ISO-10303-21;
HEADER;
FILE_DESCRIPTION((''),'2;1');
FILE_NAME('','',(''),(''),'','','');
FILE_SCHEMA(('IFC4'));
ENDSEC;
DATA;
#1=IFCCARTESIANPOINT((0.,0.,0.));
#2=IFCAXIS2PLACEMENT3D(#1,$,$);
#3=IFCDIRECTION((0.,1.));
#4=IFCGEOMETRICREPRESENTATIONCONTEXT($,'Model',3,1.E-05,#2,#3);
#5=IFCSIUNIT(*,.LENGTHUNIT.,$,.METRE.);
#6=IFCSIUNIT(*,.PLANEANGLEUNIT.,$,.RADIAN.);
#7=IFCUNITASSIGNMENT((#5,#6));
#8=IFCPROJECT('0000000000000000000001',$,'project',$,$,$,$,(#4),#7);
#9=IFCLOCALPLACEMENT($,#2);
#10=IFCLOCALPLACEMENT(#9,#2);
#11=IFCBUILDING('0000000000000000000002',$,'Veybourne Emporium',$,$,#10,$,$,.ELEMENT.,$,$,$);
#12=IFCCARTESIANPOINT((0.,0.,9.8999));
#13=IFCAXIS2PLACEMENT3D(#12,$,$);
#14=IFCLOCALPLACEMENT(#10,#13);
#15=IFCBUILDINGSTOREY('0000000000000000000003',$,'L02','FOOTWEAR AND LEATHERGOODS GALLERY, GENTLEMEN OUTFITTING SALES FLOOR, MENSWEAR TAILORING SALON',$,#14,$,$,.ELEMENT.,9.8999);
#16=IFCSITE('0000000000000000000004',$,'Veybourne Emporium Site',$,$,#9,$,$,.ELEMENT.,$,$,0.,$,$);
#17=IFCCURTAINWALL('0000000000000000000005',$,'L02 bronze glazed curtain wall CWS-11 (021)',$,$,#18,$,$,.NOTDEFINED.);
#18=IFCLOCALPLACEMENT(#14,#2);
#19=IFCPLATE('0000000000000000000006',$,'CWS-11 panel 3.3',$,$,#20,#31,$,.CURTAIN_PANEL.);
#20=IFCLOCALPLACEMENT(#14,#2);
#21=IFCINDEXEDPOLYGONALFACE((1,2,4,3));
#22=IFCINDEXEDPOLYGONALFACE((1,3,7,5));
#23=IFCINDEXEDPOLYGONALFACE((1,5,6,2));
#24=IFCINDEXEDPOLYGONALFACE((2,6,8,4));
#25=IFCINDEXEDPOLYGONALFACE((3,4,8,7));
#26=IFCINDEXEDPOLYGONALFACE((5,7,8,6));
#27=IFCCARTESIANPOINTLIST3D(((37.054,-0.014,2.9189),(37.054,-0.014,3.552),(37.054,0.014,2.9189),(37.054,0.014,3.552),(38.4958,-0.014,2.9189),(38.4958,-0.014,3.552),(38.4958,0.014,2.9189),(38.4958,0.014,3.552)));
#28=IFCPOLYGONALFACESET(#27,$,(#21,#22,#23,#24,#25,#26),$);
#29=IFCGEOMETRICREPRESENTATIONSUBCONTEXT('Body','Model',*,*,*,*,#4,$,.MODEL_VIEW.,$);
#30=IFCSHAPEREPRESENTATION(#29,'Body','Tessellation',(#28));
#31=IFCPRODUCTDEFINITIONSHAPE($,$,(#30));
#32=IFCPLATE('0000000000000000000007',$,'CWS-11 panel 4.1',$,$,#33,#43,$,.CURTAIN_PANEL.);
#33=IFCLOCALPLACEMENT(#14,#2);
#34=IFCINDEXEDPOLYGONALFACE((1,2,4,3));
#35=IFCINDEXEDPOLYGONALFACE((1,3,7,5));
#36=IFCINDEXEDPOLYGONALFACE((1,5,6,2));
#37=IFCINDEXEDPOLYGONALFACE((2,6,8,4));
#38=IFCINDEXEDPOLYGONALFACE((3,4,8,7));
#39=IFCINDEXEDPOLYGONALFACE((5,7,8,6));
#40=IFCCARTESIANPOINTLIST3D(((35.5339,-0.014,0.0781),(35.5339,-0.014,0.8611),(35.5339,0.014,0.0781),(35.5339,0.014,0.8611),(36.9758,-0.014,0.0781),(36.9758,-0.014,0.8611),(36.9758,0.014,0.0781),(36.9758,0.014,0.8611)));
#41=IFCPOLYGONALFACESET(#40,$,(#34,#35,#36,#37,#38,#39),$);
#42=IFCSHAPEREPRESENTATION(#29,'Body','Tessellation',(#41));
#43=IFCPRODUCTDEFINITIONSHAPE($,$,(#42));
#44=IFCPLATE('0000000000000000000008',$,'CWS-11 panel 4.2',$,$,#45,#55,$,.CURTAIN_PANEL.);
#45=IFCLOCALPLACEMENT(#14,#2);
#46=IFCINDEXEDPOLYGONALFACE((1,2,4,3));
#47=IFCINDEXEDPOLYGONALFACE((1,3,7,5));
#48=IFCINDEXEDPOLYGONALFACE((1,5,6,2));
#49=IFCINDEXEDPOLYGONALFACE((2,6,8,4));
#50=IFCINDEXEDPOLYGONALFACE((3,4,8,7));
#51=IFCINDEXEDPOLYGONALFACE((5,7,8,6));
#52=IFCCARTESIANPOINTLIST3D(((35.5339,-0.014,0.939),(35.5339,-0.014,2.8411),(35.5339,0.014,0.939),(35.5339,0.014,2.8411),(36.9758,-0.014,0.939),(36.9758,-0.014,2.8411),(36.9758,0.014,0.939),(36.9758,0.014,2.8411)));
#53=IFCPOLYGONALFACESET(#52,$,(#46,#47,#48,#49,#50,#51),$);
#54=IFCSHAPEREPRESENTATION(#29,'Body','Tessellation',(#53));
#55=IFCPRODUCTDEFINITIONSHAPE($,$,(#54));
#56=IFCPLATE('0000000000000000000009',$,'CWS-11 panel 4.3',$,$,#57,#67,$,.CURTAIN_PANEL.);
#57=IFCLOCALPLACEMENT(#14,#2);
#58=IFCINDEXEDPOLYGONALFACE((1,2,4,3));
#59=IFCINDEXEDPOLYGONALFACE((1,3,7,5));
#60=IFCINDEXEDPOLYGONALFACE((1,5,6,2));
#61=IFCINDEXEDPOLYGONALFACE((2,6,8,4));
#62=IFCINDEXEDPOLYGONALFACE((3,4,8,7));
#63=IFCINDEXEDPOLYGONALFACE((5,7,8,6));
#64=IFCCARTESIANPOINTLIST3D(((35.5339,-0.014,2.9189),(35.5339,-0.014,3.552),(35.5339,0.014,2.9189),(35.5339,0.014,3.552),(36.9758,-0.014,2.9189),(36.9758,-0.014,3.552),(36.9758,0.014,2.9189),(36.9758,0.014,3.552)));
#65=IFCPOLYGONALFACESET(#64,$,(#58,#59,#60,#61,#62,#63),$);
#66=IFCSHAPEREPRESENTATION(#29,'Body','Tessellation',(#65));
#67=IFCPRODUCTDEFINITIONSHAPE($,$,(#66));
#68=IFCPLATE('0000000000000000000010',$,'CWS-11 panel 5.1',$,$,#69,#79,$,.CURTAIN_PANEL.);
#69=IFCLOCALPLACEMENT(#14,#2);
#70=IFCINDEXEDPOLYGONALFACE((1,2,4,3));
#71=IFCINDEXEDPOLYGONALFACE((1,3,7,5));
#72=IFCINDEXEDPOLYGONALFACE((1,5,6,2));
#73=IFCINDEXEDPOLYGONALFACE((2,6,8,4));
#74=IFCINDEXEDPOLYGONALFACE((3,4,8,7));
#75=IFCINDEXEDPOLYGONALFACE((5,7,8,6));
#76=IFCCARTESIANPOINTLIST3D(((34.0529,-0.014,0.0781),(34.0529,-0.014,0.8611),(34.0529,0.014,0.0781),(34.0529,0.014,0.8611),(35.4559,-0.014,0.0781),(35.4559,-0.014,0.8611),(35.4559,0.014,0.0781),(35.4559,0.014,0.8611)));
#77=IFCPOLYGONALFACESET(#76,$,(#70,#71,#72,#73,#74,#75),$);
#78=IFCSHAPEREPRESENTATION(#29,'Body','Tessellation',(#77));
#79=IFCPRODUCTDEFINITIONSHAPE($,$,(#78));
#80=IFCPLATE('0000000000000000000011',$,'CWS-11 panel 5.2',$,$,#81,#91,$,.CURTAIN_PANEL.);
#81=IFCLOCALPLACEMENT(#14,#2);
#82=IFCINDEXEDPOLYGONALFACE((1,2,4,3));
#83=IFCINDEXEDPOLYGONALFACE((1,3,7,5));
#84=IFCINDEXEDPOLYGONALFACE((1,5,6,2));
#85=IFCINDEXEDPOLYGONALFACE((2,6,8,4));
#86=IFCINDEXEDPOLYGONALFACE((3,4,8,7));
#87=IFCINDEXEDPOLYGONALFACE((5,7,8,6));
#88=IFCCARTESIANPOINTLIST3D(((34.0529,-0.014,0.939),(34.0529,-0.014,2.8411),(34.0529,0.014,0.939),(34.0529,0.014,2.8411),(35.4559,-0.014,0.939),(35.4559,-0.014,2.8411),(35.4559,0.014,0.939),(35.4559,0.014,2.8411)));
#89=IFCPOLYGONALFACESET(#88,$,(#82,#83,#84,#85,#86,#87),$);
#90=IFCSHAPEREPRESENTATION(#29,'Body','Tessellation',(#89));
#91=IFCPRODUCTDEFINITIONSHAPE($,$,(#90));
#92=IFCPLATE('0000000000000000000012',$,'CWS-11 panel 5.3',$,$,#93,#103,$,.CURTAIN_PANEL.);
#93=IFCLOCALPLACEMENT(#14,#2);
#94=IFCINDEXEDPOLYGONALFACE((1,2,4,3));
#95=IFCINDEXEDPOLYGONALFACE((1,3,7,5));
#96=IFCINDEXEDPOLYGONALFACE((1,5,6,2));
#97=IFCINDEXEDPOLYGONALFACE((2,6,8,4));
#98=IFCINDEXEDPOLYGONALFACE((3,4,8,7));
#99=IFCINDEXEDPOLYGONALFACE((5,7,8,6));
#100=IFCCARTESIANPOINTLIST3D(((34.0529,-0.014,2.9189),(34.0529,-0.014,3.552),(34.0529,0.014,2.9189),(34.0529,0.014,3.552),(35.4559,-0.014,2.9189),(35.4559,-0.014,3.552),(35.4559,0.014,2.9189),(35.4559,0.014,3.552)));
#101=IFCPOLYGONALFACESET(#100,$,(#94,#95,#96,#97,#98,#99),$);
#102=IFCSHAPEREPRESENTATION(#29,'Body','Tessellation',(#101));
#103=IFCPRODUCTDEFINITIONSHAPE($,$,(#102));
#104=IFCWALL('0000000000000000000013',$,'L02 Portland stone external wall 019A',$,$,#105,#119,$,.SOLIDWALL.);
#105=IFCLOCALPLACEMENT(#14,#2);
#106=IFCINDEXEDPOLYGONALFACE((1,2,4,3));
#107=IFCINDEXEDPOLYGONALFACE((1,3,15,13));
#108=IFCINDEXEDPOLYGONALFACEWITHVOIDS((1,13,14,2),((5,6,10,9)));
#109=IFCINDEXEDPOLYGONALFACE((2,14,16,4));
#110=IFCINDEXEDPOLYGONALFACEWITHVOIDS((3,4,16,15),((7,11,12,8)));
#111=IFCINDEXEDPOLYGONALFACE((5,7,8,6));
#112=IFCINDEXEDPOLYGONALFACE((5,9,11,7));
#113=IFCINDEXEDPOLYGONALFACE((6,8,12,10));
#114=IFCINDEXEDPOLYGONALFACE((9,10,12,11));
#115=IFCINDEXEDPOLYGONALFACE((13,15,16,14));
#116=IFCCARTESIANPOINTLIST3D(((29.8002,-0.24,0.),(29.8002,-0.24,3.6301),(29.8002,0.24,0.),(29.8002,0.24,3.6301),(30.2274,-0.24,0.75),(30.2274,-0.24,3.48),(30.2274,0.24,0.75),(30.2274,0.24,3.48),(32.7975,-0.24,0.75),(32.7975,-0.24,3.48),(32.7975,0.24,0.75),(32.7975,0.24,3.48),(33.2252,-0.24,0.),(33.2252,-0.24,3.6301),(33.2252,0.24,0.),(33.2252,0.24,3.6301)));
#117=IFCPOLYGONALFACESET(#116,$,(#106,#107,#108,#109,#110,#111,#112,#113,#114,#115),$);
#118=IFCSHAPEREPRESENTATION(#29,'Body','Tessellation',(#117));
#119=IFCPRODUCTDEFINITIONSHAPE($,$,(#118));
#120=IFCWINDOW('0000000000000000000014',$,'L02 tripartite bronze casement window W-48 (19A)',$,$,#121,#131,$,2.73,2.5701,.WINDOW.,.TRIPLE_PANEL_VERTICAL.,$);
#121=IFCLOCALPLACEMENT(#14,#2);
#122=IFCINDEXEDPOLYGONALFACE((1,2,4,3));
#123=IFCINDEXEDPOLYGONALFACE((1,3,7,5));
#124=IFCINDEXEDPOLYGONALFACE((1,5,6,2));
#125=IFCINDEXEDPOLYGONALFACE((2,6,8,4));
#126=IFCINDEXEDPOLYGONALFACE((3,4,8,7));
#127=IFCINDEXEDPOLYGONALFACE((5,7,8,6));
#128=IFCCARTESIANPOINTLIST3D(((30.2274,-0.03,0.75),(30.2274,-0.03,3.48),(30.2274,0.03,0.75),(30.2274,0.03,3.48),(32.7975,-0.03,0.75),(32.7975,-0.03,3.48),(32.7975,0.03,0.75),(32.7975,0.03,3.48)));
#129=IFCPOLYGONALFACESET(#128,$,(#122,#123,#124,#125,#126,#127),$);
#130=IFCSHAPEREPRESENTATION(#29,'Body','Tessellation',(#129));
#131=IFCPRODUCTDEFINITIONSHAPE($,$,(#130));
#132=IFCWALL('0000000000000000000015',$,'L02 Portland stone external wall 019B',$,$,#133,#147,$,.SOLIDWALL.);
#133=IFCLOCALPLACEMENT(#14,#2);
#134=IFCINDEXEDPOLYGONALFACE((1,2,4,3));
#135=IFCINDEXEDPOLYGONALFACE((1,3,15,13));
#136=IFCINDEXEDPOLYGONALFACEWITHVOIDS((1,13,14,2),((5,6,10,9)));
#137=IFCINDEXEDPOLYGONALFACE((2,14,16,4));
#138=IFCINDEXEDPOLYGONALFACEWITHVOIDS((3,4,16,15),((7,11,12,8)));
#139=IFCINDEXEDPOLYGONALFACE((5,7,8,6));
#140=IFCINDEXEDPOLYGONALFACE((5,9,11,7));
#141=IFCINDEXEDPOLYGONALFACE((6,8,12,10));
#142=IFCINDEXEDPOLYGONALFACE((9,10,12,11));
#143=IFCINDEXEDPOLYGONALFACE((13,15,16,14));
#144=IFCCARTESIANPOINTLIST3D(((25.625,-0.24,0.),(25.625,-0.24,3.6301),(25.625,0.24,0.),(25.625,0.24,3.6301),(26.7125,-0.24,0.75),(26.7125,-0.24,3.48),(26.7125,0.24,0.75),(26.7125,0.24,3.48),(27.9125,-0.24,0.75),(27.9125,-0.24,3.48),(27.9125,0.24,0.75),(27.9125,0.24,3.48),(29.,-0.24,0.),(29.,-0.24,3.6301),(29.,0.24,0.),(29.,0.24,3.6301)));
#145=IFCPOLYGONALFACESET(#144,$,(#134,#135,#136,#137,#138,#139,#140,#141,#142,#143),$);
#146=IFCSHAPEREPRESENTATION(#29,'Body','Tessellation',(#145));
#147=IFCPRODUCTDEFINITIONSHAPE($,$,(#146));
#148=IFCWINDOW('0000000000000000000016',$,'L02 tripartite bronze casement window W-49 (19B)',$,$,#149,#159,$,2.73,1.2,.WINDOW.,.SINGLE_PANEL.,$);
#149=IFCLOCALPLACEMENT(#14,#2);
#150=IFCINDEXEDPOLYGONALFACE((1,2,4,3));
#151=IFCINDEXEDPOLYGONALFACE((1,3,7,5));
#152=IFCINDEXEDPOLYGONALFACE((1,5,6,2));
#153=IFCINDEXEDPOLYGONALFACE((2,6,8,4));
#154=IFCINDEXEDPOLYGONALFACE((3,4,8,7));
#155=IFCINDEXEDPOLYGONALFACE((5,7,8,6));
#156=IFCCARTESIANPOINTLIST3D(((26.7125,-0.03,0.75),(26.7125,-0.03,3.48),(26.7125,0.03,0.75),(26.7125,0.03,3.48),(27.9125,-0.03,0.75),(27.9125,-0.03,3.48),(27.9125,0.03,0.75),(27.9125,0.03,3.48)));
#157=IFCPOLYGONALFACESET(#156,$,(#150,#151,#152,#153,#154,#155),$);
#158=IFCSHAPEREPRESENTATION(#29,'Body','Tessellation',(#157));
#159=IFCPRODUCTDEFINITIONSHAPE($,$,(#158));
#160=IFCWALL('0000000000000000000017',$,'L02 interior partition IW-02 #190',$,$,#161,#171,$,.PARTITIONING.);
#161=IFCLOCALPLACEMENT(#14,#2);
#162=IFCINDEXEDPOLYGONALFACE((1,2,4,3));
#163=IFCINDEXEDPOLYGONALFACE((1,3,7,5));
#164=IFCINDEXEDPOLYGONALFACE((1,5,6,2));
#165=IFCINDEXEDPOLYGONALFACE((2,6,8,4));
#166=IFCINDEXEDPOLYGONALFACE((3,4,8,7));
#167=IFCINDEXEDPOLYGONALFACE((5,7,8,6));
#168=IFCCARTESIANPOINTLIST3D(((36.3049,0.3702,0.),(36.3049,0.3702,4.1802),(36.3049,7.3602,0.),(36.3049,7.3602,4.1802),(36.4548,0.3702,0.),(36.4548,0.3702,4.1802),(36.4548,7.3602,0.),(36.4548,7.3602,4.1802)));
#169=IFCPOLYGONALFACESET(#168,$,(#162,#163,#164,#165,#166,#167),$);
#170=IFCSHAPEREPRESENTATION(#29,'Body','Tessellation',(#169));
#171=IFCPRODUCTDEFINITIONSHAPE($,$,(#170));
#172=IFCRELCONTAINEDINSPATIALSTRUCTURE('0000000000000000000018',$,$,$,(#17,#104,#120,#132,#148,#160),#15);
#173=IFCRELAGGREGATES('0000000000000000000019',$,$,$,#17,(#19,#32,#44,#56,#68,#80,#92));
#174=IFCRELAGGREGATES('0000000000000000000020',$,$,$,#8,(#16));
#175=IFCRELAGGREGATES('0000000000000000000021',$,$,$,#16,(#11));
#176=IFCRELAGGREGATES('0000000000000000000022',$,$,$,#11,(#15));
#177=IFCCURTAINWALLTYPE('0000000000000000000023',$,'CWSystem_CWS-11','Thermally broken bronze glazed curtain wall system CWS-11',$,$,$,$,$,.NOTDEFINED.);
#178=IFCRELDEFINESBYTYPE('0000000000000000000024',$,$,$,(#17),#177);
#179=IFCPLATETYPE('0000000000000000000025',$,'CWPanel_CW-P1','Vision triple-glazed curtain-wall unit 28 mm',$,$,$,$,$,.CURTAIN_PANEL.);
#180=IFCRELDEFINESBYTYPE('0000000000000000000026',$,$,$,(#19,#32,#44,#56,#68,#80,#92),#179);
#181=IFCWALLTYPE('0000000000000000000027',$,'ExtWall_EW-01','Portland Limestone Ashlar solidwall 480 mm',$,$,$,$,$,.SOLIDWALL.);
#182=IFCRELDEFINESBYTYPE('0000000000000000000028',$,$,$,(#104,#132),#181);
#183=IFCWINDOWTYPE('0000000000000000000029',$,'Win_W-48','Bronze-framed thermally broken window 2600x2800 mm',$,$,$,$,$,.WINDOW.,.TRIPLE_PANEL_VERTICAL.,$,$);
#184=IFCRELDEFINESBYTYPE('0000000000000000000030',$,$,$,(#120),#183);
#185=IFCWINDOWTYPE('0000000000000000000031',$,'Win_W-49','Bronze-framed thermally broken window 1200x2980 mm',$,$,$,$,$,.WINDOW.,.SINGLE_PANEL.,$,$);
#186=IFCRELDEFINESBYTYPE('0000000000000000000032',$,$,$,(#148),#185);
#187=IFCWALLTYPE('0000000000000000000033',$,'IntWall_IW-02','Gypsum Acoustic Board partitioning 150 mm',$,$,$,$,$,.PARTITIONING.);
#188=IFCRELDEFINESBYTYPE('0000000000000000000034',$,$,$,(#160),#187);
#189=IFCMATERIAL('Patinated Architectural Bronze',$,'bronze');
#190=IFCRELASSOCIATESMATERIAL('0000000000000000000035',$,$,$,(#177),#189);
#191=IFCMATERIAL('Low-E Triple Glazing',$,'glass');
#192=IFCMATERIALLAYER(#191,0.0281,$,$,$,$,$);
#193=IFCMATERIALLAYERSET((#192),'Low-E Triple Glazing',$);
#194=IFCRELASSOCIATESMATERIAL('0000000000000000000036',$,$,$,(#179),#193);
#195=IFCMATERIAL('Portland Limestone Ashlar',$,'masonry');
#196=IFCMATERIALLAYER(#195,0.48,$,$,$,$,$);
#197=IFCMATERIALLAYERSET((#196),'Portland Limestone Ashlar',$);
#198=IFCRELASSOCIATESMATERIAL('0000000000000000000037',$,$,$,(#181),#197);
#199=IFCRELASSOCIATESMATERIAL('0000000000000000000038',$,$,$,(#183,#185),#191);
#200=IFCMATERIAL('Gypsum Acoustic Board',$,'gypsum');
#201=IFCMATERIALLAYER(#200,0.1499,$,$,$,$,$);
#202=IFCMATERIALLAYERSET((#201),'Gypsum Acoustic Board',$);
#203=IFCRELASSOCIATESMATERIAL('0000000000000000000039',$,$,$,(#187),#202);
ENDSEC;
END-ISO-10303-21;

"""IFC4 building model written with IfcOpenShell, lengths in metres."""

from ifc_helpers import new_model, si_unit, direction, frame, frame_2d, origin, origin_2d, place, context, subcontext, project, spatial, rectangle, extrude, material, layer, layer_set, type_object, element, fill, aggregate, save


model = new_model("IFC4")

# Units and contexts
model_context = context("Model", 3, precision=1e-05, world=origin(), true_north=direction((0.0, 1.0)))
body_context = subcontext(model_context, "Body", "Model", "MODEL_VIEW")
ifc_project = project(units=[si_unit("LENGTHUNIT", "METRE"), si_unit("PLANEANGLEUNIT", "RADIAN")], contexts=[model_context])

# Site, building, storey
site_placement = place(None, origin())
site = spatial("IfcSite", under=ifc_project, at=site_placement, Name="Veybourne Emporium Site", CompositionType="ELEMENT", RefElevation=0.0)
building_placement = place(site_placement, origin())
building = spatial("IfcBuilding", under=site, at=building_placement, Name="Veybourne Emporium", CompositionType="ELEMENT")
storey_placement = place(building_placement, frame((0.0, 0.0, 9.8999)))
storey = spatial("IfcBuildingStorey", under=building, at=storey_placement, Name="L02", Description="FOOTWEAR AND LEATHERGOODS GALLERY, GENTLEMEN OUTFITTING SALES FLOOR, MENSWEAR TAILORING SALON", CompositionType="ELEMENT", Elevation=9.8999)

# Curtain wall
ifc_material_1 = material(Name="Patinated Architectural Bronze", Category="bronze")
curtain_wall_type = type_object("IfcCurtainWallType", Name="CWSystem_CWS-11", Description="Thermally broken bronze glazed curtain wall system CWS-11", PredefinedType="NOTDEFINED", material=ifc_material_1)
curtain_wall_placement = place(storey_placement, origin())
curtain_wall = element("IfcCurtainWall", 1, at=curtain_wall_placement, inside=storey, type_object=curtain_wall_type, Name="L02 bronze glazed curtain wall CWS-11 (021)", PredefinedType="NOTDEFINED")

# Plates
ifc_material_2 = material(Name="Low-E Triple Glazing", Category="glass")
ifc_layer_1 = layer(ifc_material_2, 0.0281)
ifc_layer_set_1 = layer_set([ifc_layer_1], Name="Low-E Triple Glazing")
plate_type = type_object("IfcPlateType", Name="CWPanel_CW-P1", Description="Vision triple-glazed curtain-wall unit 28 mm", PredefinedType="CURTAIN_PANEL", material=ifc_layer_set_1)
plate_1_placement = place(storey_placement, frame((37.7749, 0.0, 2.9189), z_axis=(0.0, 0.0, 1.0), x_axis=(-1.0, 0.0, 0.0)))
plate_1 = element("IfcPlate", 2, at=plate_1_placement, type_object=plate_type, Name="CWS-11 panel 3.3", PredefinedType="CURTAIN_PANEL", context=body_context, shape_type="SweptSolid", body=[
    extrude(rectangle(XDim=1.4419, YDim=0.0281, at=origin_2d()), origin(), (0.0, 0.0, 1.0), 0.6331),
])
plate_2_placement = place(storey_placement, frame((36.2549, 0.0, 0.0781), z_axis=(0.0, 0.0, 1.0), x_axis=(-1.0, 0.0, 0.0)))
plate_2 = element("IfcPlate", 3, at=plate_2_placement, type_object=plate_type, Name="CWS-11 panel 4.1", PredefinedType="CURTAIN_PANEL", context=body_context, shape_type="SweptSolid", body=[
    extrude(rectangle(XDim=1.4419, YDim=0.0281, at=origin_2d()), origin(), (0.0, 0.0, 1.0), 0.783),
])
plate_3_placement = place(storey_placement, frame((36.2549, 0.0, 0.939), z_axis=(0.0, 0.0, 1.0), x_axis=(-1.0, 0.0, 0.0)))
plate_3 = element("IfcPlate", 4, at=plate_3_placement, type_object=plate_type, Name="CWS-11 panel 4.2", PredefinedType="CURTAIN_PANEL", context=body_context, shape_type="SweptSolid", body=[
    extrude(rectangle(XDim=1.4419, YDim=0.0281, at=origin_2d()), origin(), (0.0, 0.0, 1.0), 1.9021),
])
plate_4_placement = place(storey_placement, frame((36.2549, 0.0, 2.9189), z_axis=(0.0, 0.0, 1.0), x_axis=(-1.0, 0.0, 0.0)))
plate_4 = element("IfcPlate", 5, at=plate_4_placement, type_object=plate_type, Name="CWS-11 panel 4.3", PredefinedType="CURTAIN_PANEL", context=body_context, shape_type="SweptSolid", body=[
    extrude(rectangle(XDim=1.4419, YDim=0.0281, at=origin_2d()), origin(), (0.0, 0.0, 1.0), 0.6331),
])
plate_5_placement = place(storey_placement, frame((34.7544, 0.0, 0.0781), z_axis=(0.0, 0.0, 1.0), x_axis=(-1.0, 0.0, 0.0)))
plate_5 = element("IfcPlate", 6, at=plate_5_placement, type_object=plate_type, Name="CWS-11 panel 5.1", PredefinedType="CURTAIN_PANEL", context=body_context, shape_type="SweptSolid", body=[
    extrude(rectangle(XDim=1.4031, YDim=0.0281, at=origin_2d()), origin(), (0.0, 0.0, 1.0), 0.783),
])
plate_6_placement = place(storey_placement, frame((34.7544, 0.0, 0.939), z_axis=(0.0, 0.0, 1.0), x_axis=(-1.0, 0.0, 0.0)))
plate_6 = element("IfcPlate", 7, at=plate_6_placement, type_object=plate_type, Name="CWS-11 panel 5.2", PredefinedType="CURTAIN_PANEL", context=body_context, shape_type="SweptSolid", body=[
    extrude(rectangle(XDim=1.4031, YDim=0.0281, at=origin_2d()), origin(), (0.0, 0.0, 1.0), 1.9021),
])
plate_7_placement = place(storey_placement, frame((34.7544, 0.0, 2.9189), z_axis=(0.0, 0.0, 1.0), x_axis=(-1.0, 0.0, 0.0)))
plate_7 = element("IfcPlate", 8, at=plate_7_placement, type_object=plate_type, Name="CWS-11 panel 5.3", PredefinedType="CURTAIN_PANEL", context=body_context, shape_type="SweptSolid", body=[
    extrude(rectangle(XDim=1.4031, YDim=0.0281, at=origin_2d()), origin(), (0.0, 0.0, 1.0), 0.6331),
])
aggregate(curtain_wall, [plate_1, plate_2, plate_3, plate_4, plate_5, plate_6, plate_7])

# Walls, openings, windows
ifc_material_3 = material(Name="Portland Limestone Ashlar", Category="masonry")
ifc_layer_2 = layer(ifc_material_3, 0.48)
ifc_layer_set_2 = layer_set([ifc_layer_2], Name="Portland Limestone Ashlar")
wall_type_1 = type_object("IfcWallType", Name="ExtWall_EW-01", Description="Portland Limestone Ashlar solidwall 480 mm", PredefinedType="SOLIDWALL", material=ifc_layer_set_2)
wall_1_placement = place(storey_placement, frame((33.2251, 0.0, 0.0), z_axis=(0.0, 0.0, 1.0), x_axis=(-1.0, 0.0, 0.0)))
wall_1 = element("IfcWall", 9, at=wall_1_placement, inside=storey, type_object=wall_type_1, Name="L02 Portland stone external wall 019A", PredefinedType="SOLIDWALL", context=body_context, shape_type="SweptSolid", body=[
    extrude(rectangle(XDim=3.425, YDim=0.48, at=frame_2d((1.7124, 0.0))), origin(), (0.0, 0.0, 1.0), 3.6301),
])
opening_1_placement = place(wall_1_placement, frame((0.4275, 0.0, 0.75)))
opening_1 = element("IfcOpeningElement", 10, at=opening_1_placement, cuts=wall_1, PredefinedType="OPENING", context=body_context, shape_type="SweptSolid", body=[
    extrude(rectangle(XDim=2.5701, YDim=2.73, at=frame_2d((1.2852, 1.365))), frame((0.0, 0.26, 0.0), z_axis=(0.0, -1.0, 0.0), x_axis=(1.0, 0.0, 0.0)), (0.0, 0.0, 1.0), 0.52),
])
window_type_1 = type_object("IfcWindowType", Name="Win_W-48", Description="Bronze-framed thermally broken window 2600x2800 mm", PartitioningType="TRIPLE_PANEL_VERTICAL", PredefinedType="WINDOW", material=ifc_material_2)
window_1_placement = place(opening_1_placement, origin())
window_1 = element("IfcWindow", 11, at=window_1_placement, inside=storey, type_object=window_type_1, Name="L02 tripartite bronze casement window W-48 (19A)", OverallHeight=2.73, OverallWidth=2.5701, PartitioningType="TRIPLE_PANEL_VERTICAL", PredefinedType="WINDOW", context=body_context, shape_type="SweptSolid", body=[
    extrude(rectangle(XDim=2.5701, YDim=2.73, at=frame_2d((1.2852, 1.365))), frame((0.0, 0.03, 0.0), z_axis=(0.0, -1.0, 0.0), x_axis=(1.0, 0.0, 0.0)), (0.0, 0.0, 1.0), 0.0601),
])
fill(opening_1, window_1)
wall_2_placement = place(storey_placement, frame((29.0, 0.0, 0.0), z_axis=(0.0, 0.0, 1.0), x_axis=(-1.0, 0.0, 0.0)))
wall_2 = element("IfcWall", 12, at=wall_2_placement, inside=storey, type_object=wall_type_1, Name="L02 Portland stone external wall 019B", PredefinedType="SOLIDWALL", context=body_context, shape_type="SweptSolid", body=[
    extrude(rectangle(XDim=3.375, YDim=0.48, at=frame_2d((1.6875, 0.0))), origin(), (0.0, 0.0, 1.0), 3.6301),
])
opening_2_placement = place(wall_2_placement, frame((1.0874, 0.0, 0.75)))
opening_2 = element("IfcOpeningElement", 13, at=opening_2_placement, cuts=wall_2, PredefinedType="OPENING", context=body_context, shape_type="SweptSolid", body=[
    extrude(rectangle(XDim=1.2, YDim=2.73, at=frame_2d((0.6001, 1.365))), frame((0.0, 0.26, 0.0), z_axis=(0.0, -1.0, 0.0), x_axis=(1.0, 0.0, 0.0)), (0.0, 0.0, 1.0), 0.52),
])
window_type_2 = type_object("IfcWindowType", Name="Win_W-49", Description="Bronze-framed thermally broken window 1200x2980 mm", PartitioningType="SINGLE_PANEL", PredefinedType="WINDOW", material=ifc_material_2)
window_2_placement = place(opening_2_placement, origin())
window_2 = element("IfcWindow", 14, at=window_2_placement, inside=storey, type_object=window_type_2, Name="L02 tripartite bronze casement window W-49 (19B)", OverallHeight=2.73, OverallWidth=1.2, PartitioningType="SINGLE_PANEL", PredefinedType="WINDOW", context=body_context, shape_type="SweptSolid", body=[
    extrude(rectangle(XDim=1.2, YDim=2.73, at=frame_2d((0.6001, 1.365))), frame((0.0, 0.03, 0.0), z_axis=(0.0, -1.0, 0.0), x_axis=(1.0, 0.0, 0.0)), (0.0, 0.0, 1.0), 0.0601),
])
fill(opening_2, window_2)

# Wall
ifc_material_4 = material(Name="Gypsum Acoustic Board", Category="gypsum")
ifc_layer_3 = layer(ifc_material_4, 0.1499)
ifc_layer_set_3 = layer_set([ifc_layer_3], Name="Gypsum Acoustic Board")
wall_type_2 = type_object("IfcWallType", Name="IntWall_IW-02", Description="Gypsum Acoustic Board partitioning 150 mm", PredefinedType="PARTITIONING", material=ifc_layer_set_3)
wall_3_placement = place(storey_placement, frame((36.3799, 0.3701, 0.0), z_axis=(0.0, 0.0, 1.0), x_axis=(0.0, 1.0, 0.0)))
element("IfcWall", 15, at=wall_3_placement, inside=storey, type_object=wall_type_2, Name="L02 interior partition IW-02 #190", PredefinedType="PARTITIONING", context=body_context, shape_type="SweptSolid", body=[
    extrude(rectangle(XDim=6.99, YDim=0.1499, at=frame_2d((3.4951, 0.0))), origin(), (0.0, 0.0, 1.0), 4.1802),
])

save(model, "model.ifc")
